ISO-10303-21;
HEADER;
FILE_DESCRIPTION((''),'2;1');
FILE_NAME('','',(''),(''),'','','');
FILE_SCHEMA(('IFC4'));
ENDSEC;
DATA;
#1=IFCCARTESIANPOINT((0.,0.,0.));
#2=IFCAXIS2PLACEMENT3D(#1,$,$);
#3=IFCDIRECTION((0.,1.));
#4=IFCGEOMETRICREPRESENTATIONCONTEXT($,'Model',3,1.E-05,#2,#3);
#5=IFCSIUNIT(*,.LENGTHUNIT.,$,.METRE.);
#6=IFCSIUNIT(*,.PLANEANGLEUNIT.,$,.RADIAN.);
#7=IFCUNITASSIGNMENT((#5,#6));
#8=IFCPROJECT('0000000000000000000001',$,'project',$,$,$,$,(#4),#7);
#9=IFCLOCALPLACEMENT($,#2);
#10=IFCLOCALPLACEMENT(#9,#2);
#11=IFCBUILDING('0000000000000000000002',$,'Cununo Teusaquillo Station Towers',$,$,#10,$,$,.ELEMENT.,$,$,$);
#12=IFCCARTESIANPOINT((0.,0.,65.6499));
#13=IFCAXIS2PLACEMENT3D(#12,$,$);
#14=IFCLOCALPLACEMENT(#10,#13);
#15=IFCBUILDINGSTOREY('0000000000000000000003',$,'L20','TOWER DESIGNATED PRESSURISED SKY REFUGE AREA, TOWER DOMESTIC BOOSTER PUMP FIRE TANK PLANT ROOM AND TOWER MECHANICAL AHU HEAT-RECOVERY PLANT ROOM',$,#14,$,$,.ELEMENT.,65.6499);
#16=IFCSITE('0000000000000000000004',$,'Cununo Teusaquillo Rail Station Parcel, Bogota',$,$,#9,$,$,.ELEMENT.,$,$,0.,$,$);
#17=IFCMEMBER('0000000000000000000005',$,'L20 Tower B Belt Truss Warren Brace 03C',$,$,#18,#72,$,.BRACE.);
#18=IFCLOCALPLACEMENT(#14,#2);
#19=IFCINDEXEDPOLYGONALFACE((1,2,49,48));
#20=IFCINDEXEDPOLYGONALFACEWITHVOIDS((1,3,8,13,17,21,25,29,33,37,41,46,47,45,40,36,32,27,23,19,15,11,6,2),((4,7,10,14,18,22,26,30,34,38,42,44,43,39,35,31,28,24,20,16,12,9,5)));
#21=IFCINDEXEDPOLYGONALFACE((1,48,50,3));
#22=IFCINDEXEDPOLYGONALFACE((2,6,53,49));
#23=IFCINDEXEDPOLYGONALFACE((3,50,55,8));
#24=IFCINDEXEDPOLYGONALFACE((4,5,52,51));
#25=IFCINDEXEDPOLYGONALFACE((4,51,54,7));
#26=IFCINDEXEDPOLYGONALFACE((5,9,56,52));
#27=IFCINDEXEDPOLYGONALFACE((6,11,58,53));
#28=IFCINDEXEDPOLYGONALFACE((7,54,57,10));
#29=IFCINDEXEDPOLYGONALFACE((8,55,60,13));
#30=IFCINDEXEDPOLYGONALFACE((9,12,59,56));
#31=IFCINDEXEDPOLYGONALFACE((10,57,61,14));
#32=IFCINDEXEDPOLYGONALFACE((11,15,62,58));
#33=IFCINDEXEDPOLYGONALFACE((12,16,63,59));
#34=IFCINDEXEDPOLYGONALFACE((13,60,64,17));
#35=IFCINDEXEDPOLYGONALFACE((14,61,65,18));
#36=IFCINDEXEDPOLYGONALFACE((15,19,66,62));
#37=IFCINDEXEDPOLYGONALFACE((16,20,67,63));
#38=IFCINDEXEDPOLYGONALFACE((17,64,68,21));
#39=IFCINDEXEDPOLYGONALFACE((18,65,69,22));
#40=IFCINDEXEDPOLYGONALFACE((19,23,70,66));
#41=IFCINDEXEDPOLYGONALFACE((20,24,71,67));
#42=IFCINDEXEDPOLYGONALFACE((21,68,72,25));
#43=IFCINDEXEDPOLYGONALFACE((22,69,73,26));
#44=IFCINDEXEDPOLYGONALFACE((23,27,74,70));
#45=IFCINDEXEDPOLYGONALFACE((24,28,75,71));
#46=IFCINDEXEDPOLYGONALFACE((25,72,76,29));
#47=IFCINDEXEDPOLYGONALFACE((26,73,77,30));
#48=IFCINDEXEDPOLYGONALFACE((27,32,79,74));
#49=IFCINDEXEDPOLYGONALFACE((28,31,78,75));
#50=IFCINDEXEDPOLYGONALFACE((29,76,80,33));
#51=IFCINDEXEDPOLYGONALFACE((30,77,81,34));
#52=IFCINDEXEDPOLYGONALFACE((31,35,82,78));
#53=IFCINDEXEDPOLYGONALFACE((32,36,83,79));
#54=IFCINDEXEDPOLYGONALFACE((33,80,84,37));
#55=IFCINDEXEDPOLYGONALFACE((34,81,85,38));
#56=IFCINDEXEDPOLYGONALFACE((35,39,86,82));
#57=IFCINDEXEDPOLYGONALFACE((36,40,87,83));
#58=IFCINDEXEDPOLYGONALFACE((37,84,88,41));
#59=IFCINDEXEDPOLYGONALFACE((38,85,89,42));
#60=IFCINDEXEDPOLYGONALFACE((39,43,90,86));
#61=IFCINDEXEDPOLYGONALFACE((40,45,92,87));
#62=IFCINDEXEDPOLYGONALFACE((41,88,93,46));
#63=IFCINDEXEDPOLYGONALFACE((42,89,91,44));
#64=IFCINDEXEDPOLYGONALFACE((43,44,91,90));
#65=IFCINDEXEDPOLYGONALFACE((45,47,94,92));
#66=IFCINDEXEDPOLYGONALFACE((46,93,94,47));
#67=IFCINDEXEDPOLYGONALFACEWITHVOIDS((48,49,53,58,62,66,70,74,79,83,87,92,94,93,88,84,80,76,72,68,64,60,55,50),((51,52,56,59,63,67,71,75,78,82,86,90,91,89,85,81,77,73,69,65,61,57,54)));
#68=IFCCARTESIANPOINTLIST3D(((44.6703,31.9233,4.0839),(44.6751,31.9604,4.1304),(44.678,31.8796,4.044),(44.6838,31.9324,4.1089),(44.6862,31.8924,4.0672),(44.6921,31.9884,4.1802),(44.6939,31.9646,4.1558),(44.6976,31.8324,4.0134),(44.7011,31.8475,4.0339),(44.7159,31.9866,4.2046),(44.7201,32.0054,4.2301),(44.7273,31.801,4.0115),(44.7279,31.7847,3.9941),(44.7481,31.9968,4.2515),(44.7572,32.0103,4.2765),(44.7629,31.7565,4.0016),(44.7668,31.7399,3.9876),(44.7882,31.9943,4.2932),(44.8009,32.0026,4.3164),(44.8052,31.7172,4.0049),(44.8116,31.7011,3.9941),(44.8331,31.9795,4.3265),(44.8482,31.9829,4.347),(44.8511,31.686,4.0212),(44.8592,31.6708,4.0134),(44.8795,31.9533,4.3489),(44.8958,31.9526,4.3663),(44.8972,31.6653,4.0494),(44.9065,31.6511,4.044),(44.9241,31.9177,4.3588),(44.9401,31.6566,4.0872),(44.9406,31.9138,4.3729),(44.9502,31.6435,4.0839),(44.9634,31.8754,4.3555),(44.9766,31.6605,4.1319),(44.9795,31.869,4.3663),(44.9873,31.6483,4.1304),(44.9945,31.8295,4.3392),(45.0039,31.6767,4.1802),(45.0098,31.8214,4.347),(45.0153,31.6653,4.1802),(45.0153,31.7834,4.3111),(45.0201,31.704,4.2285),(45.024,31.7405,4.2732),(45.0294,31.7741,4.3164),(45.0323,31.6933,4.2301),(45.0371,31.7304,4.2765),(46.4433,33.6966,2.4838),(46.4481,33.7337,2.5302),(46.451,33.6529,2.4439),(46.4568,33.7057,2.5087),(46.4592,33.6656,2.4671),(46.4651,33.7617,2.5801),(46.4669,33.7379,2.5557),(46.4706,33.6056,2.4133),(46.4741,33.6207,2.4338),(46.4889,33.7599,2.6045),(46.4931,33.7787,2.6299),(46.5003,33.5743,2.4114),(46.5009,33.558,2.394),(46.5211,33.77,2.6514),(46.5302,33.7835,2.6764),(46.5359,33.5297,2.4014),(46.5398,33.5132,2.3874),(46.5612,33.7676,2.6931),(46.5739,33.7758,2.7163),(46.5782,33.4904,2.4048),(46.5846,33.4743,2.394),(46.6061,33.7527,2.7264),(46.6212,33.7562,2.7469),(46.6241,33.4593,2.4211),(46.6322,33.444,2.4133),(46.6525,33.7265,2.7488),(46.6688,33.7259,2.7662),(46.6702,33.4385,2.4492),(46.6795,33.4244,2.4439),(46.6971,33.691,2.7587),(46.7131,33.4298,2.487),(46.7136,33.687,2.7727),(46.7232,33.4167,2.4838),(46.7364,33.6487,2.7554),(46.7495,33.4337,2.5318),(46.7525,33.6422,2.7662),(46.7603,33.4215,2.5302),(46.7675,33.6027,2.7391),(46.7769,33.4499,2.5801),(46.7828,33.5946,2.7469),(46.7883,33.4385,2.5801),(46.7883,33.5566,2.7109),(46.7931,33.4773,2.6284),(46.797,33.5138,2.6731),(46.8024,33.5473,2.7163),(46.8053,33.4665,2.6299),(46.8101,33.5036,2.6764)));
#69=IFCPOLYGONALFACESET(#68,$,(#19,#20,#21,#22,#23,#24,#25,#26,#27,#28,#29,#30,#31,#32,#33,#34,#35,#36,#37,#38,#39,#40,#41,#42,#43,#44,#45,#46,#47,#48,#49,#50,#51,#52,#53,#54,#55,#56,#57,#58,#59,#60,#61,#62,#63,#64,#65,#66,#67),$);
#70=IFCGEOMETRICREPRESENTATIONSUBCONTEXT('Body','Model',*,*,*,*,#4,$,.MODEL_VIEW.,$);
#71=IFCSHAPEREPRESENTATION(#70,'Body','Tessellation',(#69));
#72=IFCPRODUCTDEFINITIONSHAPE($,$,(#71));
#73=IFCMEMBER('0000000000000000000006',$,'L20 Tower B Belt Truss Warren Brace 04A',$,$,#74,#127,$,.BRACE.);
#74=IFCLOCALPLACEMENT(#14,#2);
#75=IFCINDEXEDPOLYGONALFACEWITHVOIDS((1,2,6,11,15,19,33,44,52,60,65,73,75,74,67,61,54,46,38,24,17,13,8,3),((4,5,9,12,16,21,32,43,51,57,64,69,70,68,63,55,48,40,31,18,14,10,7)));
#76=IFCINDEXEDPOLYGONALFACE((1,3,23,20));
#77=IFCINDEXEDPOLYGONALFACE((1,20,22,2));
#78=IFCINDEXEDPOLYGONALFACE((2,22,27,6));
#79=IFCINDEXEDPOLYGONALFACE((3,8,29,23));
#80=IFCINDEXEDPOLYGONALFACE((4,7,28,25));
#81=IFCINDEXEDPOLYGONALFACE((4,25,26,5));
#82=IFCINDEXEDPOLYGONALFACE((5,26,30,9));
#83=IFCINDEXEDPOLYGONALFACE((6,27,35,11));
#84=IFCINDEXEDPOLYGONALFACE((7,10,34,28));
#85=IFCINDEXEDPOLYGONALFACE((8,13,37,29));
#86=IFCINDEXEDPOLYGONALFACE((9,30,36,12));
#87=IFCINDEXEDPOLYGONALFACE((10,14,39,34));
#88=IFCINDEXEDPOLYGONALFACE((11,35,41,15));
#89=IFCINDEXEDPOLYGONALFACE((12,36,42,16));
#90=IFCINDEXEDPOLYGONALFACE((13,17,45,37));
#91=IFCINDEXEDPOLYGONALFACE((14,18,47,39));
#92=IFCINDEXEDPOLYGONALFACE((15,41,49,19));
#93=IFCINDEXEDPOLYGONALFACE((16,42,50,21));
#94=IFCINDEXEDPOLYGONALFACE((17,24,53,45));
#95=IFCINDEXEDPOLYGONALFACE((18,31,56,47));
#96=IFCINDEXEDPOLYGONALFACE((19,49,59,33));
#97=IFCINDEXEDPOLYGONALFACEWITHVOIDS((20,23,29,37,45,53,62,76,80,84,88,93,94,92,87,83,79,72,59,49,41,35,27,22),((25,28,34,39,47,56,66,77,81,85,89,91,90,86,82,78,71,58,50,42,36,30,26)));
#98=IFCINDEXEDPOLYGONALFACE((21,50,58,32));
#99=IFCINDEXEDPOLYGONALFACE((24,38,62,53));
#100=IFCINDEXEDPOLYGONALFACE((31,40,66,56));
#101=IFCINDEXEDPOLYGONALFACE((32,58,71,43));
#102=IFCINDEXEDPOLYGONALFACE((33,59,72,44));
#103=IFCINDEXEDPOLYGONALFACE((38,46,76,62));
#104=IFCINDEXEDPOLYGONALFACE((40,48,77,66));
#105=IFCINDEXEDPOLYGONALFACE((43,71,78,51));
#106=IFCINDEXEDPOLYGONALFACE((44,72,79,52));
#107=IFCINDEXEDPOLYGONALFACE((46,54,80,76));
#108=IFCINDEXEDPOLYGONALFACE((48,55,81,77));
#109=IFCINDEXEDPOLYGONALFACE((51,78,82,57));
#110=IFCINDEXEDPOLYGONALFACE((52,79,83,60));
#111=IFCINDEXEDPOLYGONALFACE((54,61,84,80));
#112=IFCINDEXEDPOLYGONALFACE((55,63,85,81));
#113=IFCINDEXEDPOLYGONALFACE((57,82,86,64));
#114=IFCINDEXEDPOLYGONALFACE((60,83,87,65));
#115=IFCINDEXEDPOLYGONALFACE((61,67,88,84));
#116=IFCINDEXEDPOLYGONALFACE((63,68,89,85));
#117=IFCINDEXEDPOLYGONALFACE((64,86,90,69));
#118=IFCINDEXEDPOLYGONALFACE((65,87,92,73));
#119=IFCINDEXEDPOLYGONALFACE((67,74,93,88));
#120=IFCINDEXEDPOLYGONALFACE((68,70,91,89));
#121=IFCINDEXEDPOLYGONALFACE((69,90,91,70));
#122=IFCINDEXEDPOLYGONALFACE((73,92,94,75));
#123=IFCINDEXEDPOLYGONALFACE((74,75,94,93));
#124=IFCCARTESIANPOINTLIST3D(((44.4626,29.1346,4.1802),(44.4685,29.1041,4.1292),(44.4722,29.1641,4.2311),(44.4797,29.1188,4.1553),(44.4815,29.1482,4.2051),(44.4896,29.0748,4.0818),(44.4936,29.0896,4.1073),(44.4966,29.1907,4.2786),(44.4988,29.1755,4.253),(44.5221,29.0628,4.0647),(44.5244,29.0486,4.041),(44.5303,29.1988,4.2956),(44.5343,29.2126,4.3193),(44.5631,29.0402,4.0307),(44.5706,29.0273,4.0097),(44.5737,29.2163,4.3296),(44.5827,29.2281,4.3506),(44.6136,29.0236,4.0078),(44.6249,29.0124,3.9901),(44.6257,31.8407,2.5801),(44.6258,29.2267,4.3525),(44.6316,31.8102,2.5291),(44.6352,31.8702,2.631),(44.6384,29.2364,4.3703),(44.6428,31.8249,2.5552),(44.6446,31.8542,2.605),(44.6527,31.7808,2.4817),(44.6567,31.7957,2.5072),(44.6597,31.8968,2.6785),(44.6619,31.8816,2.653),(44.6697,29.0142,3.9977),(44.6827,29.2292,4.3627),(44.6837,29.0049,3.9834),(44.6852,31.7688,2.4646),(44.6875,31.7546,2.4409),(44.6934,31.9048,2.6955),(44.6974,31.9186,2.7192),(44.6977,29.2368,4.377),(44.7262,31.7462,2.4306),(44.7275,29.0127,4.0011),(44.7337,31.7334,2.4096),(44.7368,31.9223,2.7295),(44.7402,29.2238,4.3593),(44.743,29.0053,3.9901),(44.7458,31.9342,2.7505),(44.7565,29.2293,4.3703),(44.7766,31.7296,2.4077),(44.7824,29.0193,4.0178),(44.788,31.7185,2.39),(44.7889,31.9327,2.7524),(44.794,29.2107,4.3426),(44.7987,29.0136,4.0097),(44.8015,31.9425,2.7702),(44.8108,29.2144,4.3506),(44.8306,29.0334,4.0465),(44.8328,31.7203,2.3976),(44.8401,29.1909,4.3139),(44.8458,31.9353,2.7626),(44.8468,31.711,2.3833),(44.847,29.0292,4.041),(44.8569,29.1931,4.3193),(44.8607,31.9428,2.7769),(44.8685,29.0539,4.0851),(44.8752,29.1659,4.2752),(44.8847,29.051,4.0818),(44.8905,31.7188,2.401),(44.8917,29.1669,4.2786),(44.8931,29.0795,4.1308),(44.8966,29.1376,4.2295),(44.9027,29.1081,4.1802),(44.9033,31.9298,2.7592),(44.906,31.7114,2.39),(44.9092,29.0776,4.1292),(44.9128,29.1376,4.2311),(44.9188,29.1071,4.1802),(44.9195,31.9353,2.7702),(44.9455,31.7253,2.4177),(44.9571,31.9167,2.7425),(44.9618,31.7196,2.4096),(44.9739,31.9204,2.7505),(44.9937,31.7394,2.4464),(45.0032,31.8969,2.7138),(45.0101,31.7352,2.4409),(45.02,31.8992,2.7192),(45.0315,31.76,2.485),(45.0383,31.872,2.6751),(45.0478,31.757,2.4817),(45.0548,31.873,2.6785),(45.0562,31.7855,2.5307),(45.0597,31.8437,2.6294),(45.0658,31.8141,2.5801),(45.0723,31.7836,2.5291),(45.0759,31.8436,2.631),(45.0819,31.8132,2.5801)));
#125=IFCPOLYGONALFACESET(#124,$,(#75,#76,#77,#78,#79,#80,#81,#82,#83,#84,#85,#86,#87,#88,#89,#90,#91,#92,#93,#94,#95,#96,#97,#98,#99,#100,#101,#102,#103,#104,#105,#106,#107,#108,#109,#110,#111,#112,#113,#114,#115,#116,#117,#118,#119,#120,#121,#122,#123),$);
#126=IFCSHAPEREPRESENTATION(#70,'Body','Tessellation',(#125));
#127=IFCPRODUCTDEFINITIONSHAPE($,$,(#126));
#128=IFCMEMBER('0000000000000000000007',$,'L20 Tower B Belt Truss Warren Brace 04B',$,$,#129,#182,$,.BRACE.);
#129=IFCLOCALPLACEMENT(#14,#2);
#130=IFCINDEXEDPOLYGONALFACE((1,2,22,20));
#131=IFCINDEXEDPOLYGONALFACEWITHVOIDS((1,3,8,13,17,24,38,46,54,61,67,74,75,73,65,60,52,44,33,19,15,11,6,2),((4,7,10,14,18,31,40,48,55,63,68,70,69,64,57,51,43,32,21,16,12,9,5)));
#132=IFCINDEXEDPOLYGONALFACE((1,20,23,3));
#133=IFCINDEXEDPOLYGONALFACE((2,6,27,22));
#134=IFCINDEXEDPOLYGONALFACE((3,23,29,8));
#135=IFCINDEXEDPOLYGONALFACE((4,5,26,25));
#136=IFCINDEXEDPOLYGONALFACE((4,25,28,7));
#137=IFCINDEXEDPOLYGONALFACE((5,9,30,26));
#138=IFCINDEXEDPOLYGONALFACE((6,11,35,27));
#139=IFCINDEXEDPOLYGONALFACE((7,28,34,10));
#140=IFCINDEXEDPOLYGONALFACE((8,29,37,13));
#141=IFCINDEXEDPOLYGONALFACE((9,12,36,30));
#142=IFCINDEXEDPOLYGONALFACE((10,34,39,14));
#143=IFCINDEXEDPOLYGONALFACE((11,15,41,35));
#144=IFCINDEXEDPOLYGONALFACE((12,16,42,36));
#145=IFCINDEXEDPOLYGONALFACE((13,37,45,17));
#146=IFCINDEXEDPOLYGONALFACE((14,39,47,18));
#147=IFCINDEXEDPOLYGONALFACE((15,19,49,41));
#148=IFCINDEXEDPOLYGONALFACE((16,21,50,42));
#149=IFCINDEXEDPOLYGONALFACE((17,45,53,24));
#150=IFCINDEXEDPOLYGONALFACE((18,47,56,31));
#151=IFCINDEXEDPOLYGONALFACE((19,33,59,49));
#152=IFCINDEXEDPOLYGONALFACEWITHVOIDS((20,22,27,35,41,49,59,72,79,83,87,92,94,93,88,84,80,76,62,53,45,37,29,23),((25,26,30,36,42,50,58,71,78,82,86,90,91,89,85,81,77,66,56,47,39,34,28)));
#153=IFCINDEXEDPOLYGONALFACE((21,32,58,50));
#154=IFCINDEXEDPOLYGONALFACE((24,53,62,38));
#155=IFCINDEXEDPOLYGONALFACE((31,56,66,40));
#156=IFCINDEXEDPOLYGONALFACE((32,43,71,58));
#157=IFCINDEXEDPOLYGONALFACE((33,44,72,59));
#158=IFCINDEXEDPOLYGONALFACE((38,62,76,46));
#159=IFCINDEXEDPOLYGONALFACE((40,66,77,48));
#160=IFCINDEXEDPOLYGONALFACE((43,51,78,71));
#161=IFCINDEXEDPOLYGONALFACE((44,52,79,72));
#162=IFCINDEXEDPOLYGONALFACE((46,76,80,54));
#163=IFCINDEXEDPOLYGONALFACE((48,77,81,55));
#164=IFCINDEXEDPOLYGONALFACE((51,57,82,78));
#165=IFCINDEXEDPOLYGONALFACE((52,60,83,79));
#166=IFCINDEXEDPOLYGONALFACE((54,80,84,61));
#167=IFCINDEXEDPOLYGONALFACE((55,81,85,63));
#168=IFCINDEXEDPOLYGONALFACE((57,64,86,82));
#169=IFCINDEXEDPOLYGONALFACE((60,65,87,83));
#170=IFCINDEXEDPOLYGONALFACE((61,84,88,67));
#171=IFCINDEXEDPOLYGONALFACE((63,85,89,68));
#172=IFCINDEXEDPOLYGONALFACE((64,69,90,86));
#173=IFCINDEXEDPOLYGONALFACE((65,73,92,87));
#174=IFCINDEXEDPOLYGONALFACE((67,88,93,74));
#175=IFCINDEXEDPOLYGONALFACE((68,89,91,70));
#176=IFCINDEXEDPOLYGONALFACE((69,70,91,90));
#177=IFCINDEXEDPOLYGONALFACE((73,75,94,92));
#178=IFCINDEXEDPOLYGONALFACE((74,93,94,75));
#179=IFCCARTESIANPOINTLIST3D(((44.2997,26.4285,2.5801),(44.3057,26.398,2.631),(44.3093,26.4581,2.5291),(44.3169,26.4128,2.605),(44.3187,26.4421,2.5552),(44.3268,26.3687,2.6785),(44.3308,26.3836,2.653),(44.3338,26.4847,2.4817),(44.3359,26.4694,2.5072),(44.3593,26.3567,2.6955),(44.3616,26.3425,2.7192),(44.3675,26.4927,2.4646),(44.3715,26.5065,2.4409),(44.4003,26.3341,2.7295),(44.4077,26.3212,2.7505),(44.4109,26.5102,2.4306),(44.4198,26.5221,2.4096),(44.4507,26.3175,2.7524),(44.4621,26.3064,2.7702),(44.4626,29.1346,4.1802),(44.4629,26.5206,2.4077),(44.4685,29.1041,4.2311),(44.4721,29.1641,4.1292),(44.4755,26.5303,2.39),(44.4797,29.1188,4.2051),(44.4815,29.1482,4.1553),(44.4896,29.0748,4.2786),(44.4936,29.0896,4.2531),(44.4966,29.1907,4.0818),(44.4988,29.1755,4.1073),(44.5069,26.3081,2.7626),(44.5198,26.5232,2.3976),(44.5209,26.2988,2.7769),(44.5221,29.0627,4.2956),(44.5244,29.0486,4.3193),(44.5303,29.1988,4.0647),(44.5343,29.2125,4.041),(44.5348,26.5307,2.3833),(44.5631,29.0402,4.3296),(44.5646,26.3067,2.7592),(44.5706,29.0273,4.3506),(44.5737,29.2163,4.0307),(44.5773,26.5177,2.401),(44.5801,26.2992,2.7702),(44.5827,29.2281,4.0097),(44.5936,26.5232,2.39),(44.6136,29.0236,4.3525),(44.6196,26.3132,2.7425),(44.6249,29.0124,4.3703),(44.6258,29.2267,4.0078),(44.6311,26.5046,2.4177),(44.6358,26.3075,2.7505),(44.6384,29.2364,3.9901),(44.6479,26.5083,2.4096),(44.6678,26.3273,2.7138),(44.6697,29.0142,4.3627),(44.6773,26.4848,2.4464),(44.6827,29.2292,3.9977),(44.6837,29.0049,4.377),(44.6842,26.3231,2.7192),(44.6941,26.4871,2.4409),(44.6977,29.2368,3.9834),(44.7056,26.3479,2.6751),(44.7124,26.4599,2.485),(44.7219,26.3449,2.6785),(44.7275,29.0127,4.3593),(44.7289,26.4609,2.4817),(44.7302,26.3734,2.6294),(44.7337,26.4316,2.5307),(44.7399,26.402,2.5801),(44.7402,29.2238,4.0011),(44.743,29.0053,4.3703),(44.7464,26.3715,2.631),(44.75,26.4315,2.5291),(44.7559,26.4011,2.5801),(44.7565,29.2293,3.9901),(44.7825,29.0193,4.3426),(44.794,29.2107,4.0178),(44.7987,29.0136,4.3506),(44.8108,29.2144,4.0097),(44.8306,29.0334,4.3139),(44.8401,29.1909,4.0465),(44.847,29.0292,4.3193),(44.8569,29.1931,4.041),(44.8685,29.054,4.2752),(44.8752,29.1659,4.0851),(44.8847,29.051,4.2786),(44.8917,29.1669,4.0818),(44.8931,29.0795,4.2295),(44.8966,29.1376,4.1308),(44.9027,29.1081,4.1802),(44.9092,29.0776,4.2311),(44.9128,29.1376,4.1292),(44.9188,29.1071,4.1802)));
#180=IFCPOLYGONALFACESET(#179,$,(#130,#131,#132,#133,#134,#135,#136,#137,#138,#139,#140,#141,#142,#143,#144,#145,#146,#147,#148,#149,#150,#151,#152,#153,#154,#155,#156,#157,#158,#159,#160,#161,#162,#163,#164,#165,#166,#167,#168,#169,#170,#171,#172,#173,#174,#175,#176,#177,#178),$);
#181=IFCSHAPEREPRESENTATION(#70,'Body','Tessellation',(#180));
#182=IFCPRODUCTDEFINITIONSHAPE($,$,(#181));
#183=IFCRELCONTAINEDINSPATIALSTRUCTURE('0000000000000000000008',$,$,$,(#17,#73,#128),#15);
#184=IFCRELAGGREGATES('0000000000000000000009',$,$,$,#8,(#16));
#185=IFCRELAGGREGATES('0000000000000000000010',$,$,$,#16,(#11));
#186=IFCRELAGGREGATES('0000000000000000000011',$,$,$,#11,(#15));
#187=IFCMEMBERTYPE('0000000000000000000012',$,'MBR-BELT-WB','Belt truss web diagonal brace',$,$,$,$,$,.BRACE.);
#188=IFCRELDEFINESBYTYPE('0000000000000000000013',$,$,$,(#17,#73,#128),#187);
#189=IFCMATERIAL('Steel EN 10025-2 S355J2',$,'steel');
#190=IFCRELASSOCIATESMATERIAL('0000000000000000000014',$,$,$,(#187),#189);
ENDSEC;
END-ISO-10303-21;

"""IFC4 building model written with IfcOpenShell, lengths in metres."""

from ifc_helpers import new_model, si_unit, direction, frame, origin, origin_2d, place, context, subcontext, project, spatial, hollow_circle, extrude, material, material_profile, profile_set, type_object, element, save


model = new_model("IFC4")

# Units and contexts
model_context = context("Model", 3, precision=1e-05, world=origin(), true_north=direction((0.0, 1.0)))
body_context = subcontext(model_context, "Body", "Model", "MODEL_VIEW")
ifc_project = project(units=[si_unit("LENGTHUNIT", "METRE"), si_unit("PLANEANGLEUNIT", "RADIAN")], contexts=[model_context])

# Site, building, storey
site_placement = place(None, origin())
site = spatial("IfcSite", under=ifc_project, at=site_placement, Name="Cununo Teusaquillo Rail Station Parcel, Bogota", CompositionType="ELEMENT", RefElevation=0.0)
building_placement = place(site_placement, origin())
building = spatial("IfcBuilding", under=site, at=building_placement, Name="Cununo Teusaquillo Station Towers", CompositionType="ELEMENT")
storey_placement = place(building_placement, frame((0.0, 0.0, 65.6499)))
storey = spatial("IfcBuildingStorey", under=building, at=storey_placement, Name="L20", Description="TOWER DESIGNATED PRESSURISED SKY REFUGE AREA, TOWER DOMESTIC BOOSTER PUMP FIRE TANK PLANT ROOM AND TOWER MECHANICAL AHU HEAT-RECOVERY PLANT ROOM", CompositionType="ELEMENT", Elevation=65.6499)

# Members
ifc_material_1 = material(Name="Steel EN 10025-2 S355J2", Category="steel")
ifc_material_profile_1 = material_profile(ifc_material_1, hollow_circle(Radius=0.2285, WallThickness=0.0161, at=origin_2d()), Name="CHS 457x16")
ifc_profile_set_1 = profile_set([ifc_material_profile_1], Name="Steel EN 10025-2 S355J2")
member_type_1 = type_object("IfcMemberType", Name="MBR-BELT-WB", Description="Belt truss web diagonal brace", PredefinedType="BRACE", material=ifc_profile_set_1)
for number, where, z_axis, x_axis, name in (
    (1, (46.6267, 33.6001, 2.5801), (-0.596042, -0.596124, 0.537931), (0.707155, -0.707058, 0.0), "L20 Tower B Belt Truss Warren Brace 03C"),
):
    element("IfcMember", number, at=place(storey_placement, frame(where, z_axis=z_axis, x_axis=x_axis)), inside=storey, type_object=member_type_1, Name=name, PredefinedType="BRACE", context=body_context, shape_type="SweptSolid", body=[
        extrude(hollow_circle(Radius=0.2285, WallThickness=0.0161, at=origin_2d()), origin(), (0.0, 0.0, 1.0), 2.9746),
    ])
for number, where, z_axis, x_axis, name in (
    (2, (44.8538, 31.8269, 2.5801), (-0.051807, -0.859622, 0.508297), (0.998189, -0.060158, 0.0), "L20 Tower B Belt Truss Warren Brace 04A"),
    (3, (44.6907, 29.1208, 4.1802), (-0.05173, -0.859626, -0.508299), (0.998194, -0.060068, 0.0), "L20 Tower B Belt Truss Warren Brace 04B"),
):
    element("IfcMember", number, at=place(storey_placement, frame(where, z_axis=z_axis, x_axis=x_axis)), inside=storey, type_object=member_type_1, Name=name, PredefinedType="BRACE", context=body_context, shape_type="SweptSolid", body=[
        extrude(hollow_circle(Radius=0.2285, WallThickness=0.0161, at=origin_2d()), origin(), (0.0, 0.0, 1.0), 3.1479),
    ])

save(model, "model.ifc")
